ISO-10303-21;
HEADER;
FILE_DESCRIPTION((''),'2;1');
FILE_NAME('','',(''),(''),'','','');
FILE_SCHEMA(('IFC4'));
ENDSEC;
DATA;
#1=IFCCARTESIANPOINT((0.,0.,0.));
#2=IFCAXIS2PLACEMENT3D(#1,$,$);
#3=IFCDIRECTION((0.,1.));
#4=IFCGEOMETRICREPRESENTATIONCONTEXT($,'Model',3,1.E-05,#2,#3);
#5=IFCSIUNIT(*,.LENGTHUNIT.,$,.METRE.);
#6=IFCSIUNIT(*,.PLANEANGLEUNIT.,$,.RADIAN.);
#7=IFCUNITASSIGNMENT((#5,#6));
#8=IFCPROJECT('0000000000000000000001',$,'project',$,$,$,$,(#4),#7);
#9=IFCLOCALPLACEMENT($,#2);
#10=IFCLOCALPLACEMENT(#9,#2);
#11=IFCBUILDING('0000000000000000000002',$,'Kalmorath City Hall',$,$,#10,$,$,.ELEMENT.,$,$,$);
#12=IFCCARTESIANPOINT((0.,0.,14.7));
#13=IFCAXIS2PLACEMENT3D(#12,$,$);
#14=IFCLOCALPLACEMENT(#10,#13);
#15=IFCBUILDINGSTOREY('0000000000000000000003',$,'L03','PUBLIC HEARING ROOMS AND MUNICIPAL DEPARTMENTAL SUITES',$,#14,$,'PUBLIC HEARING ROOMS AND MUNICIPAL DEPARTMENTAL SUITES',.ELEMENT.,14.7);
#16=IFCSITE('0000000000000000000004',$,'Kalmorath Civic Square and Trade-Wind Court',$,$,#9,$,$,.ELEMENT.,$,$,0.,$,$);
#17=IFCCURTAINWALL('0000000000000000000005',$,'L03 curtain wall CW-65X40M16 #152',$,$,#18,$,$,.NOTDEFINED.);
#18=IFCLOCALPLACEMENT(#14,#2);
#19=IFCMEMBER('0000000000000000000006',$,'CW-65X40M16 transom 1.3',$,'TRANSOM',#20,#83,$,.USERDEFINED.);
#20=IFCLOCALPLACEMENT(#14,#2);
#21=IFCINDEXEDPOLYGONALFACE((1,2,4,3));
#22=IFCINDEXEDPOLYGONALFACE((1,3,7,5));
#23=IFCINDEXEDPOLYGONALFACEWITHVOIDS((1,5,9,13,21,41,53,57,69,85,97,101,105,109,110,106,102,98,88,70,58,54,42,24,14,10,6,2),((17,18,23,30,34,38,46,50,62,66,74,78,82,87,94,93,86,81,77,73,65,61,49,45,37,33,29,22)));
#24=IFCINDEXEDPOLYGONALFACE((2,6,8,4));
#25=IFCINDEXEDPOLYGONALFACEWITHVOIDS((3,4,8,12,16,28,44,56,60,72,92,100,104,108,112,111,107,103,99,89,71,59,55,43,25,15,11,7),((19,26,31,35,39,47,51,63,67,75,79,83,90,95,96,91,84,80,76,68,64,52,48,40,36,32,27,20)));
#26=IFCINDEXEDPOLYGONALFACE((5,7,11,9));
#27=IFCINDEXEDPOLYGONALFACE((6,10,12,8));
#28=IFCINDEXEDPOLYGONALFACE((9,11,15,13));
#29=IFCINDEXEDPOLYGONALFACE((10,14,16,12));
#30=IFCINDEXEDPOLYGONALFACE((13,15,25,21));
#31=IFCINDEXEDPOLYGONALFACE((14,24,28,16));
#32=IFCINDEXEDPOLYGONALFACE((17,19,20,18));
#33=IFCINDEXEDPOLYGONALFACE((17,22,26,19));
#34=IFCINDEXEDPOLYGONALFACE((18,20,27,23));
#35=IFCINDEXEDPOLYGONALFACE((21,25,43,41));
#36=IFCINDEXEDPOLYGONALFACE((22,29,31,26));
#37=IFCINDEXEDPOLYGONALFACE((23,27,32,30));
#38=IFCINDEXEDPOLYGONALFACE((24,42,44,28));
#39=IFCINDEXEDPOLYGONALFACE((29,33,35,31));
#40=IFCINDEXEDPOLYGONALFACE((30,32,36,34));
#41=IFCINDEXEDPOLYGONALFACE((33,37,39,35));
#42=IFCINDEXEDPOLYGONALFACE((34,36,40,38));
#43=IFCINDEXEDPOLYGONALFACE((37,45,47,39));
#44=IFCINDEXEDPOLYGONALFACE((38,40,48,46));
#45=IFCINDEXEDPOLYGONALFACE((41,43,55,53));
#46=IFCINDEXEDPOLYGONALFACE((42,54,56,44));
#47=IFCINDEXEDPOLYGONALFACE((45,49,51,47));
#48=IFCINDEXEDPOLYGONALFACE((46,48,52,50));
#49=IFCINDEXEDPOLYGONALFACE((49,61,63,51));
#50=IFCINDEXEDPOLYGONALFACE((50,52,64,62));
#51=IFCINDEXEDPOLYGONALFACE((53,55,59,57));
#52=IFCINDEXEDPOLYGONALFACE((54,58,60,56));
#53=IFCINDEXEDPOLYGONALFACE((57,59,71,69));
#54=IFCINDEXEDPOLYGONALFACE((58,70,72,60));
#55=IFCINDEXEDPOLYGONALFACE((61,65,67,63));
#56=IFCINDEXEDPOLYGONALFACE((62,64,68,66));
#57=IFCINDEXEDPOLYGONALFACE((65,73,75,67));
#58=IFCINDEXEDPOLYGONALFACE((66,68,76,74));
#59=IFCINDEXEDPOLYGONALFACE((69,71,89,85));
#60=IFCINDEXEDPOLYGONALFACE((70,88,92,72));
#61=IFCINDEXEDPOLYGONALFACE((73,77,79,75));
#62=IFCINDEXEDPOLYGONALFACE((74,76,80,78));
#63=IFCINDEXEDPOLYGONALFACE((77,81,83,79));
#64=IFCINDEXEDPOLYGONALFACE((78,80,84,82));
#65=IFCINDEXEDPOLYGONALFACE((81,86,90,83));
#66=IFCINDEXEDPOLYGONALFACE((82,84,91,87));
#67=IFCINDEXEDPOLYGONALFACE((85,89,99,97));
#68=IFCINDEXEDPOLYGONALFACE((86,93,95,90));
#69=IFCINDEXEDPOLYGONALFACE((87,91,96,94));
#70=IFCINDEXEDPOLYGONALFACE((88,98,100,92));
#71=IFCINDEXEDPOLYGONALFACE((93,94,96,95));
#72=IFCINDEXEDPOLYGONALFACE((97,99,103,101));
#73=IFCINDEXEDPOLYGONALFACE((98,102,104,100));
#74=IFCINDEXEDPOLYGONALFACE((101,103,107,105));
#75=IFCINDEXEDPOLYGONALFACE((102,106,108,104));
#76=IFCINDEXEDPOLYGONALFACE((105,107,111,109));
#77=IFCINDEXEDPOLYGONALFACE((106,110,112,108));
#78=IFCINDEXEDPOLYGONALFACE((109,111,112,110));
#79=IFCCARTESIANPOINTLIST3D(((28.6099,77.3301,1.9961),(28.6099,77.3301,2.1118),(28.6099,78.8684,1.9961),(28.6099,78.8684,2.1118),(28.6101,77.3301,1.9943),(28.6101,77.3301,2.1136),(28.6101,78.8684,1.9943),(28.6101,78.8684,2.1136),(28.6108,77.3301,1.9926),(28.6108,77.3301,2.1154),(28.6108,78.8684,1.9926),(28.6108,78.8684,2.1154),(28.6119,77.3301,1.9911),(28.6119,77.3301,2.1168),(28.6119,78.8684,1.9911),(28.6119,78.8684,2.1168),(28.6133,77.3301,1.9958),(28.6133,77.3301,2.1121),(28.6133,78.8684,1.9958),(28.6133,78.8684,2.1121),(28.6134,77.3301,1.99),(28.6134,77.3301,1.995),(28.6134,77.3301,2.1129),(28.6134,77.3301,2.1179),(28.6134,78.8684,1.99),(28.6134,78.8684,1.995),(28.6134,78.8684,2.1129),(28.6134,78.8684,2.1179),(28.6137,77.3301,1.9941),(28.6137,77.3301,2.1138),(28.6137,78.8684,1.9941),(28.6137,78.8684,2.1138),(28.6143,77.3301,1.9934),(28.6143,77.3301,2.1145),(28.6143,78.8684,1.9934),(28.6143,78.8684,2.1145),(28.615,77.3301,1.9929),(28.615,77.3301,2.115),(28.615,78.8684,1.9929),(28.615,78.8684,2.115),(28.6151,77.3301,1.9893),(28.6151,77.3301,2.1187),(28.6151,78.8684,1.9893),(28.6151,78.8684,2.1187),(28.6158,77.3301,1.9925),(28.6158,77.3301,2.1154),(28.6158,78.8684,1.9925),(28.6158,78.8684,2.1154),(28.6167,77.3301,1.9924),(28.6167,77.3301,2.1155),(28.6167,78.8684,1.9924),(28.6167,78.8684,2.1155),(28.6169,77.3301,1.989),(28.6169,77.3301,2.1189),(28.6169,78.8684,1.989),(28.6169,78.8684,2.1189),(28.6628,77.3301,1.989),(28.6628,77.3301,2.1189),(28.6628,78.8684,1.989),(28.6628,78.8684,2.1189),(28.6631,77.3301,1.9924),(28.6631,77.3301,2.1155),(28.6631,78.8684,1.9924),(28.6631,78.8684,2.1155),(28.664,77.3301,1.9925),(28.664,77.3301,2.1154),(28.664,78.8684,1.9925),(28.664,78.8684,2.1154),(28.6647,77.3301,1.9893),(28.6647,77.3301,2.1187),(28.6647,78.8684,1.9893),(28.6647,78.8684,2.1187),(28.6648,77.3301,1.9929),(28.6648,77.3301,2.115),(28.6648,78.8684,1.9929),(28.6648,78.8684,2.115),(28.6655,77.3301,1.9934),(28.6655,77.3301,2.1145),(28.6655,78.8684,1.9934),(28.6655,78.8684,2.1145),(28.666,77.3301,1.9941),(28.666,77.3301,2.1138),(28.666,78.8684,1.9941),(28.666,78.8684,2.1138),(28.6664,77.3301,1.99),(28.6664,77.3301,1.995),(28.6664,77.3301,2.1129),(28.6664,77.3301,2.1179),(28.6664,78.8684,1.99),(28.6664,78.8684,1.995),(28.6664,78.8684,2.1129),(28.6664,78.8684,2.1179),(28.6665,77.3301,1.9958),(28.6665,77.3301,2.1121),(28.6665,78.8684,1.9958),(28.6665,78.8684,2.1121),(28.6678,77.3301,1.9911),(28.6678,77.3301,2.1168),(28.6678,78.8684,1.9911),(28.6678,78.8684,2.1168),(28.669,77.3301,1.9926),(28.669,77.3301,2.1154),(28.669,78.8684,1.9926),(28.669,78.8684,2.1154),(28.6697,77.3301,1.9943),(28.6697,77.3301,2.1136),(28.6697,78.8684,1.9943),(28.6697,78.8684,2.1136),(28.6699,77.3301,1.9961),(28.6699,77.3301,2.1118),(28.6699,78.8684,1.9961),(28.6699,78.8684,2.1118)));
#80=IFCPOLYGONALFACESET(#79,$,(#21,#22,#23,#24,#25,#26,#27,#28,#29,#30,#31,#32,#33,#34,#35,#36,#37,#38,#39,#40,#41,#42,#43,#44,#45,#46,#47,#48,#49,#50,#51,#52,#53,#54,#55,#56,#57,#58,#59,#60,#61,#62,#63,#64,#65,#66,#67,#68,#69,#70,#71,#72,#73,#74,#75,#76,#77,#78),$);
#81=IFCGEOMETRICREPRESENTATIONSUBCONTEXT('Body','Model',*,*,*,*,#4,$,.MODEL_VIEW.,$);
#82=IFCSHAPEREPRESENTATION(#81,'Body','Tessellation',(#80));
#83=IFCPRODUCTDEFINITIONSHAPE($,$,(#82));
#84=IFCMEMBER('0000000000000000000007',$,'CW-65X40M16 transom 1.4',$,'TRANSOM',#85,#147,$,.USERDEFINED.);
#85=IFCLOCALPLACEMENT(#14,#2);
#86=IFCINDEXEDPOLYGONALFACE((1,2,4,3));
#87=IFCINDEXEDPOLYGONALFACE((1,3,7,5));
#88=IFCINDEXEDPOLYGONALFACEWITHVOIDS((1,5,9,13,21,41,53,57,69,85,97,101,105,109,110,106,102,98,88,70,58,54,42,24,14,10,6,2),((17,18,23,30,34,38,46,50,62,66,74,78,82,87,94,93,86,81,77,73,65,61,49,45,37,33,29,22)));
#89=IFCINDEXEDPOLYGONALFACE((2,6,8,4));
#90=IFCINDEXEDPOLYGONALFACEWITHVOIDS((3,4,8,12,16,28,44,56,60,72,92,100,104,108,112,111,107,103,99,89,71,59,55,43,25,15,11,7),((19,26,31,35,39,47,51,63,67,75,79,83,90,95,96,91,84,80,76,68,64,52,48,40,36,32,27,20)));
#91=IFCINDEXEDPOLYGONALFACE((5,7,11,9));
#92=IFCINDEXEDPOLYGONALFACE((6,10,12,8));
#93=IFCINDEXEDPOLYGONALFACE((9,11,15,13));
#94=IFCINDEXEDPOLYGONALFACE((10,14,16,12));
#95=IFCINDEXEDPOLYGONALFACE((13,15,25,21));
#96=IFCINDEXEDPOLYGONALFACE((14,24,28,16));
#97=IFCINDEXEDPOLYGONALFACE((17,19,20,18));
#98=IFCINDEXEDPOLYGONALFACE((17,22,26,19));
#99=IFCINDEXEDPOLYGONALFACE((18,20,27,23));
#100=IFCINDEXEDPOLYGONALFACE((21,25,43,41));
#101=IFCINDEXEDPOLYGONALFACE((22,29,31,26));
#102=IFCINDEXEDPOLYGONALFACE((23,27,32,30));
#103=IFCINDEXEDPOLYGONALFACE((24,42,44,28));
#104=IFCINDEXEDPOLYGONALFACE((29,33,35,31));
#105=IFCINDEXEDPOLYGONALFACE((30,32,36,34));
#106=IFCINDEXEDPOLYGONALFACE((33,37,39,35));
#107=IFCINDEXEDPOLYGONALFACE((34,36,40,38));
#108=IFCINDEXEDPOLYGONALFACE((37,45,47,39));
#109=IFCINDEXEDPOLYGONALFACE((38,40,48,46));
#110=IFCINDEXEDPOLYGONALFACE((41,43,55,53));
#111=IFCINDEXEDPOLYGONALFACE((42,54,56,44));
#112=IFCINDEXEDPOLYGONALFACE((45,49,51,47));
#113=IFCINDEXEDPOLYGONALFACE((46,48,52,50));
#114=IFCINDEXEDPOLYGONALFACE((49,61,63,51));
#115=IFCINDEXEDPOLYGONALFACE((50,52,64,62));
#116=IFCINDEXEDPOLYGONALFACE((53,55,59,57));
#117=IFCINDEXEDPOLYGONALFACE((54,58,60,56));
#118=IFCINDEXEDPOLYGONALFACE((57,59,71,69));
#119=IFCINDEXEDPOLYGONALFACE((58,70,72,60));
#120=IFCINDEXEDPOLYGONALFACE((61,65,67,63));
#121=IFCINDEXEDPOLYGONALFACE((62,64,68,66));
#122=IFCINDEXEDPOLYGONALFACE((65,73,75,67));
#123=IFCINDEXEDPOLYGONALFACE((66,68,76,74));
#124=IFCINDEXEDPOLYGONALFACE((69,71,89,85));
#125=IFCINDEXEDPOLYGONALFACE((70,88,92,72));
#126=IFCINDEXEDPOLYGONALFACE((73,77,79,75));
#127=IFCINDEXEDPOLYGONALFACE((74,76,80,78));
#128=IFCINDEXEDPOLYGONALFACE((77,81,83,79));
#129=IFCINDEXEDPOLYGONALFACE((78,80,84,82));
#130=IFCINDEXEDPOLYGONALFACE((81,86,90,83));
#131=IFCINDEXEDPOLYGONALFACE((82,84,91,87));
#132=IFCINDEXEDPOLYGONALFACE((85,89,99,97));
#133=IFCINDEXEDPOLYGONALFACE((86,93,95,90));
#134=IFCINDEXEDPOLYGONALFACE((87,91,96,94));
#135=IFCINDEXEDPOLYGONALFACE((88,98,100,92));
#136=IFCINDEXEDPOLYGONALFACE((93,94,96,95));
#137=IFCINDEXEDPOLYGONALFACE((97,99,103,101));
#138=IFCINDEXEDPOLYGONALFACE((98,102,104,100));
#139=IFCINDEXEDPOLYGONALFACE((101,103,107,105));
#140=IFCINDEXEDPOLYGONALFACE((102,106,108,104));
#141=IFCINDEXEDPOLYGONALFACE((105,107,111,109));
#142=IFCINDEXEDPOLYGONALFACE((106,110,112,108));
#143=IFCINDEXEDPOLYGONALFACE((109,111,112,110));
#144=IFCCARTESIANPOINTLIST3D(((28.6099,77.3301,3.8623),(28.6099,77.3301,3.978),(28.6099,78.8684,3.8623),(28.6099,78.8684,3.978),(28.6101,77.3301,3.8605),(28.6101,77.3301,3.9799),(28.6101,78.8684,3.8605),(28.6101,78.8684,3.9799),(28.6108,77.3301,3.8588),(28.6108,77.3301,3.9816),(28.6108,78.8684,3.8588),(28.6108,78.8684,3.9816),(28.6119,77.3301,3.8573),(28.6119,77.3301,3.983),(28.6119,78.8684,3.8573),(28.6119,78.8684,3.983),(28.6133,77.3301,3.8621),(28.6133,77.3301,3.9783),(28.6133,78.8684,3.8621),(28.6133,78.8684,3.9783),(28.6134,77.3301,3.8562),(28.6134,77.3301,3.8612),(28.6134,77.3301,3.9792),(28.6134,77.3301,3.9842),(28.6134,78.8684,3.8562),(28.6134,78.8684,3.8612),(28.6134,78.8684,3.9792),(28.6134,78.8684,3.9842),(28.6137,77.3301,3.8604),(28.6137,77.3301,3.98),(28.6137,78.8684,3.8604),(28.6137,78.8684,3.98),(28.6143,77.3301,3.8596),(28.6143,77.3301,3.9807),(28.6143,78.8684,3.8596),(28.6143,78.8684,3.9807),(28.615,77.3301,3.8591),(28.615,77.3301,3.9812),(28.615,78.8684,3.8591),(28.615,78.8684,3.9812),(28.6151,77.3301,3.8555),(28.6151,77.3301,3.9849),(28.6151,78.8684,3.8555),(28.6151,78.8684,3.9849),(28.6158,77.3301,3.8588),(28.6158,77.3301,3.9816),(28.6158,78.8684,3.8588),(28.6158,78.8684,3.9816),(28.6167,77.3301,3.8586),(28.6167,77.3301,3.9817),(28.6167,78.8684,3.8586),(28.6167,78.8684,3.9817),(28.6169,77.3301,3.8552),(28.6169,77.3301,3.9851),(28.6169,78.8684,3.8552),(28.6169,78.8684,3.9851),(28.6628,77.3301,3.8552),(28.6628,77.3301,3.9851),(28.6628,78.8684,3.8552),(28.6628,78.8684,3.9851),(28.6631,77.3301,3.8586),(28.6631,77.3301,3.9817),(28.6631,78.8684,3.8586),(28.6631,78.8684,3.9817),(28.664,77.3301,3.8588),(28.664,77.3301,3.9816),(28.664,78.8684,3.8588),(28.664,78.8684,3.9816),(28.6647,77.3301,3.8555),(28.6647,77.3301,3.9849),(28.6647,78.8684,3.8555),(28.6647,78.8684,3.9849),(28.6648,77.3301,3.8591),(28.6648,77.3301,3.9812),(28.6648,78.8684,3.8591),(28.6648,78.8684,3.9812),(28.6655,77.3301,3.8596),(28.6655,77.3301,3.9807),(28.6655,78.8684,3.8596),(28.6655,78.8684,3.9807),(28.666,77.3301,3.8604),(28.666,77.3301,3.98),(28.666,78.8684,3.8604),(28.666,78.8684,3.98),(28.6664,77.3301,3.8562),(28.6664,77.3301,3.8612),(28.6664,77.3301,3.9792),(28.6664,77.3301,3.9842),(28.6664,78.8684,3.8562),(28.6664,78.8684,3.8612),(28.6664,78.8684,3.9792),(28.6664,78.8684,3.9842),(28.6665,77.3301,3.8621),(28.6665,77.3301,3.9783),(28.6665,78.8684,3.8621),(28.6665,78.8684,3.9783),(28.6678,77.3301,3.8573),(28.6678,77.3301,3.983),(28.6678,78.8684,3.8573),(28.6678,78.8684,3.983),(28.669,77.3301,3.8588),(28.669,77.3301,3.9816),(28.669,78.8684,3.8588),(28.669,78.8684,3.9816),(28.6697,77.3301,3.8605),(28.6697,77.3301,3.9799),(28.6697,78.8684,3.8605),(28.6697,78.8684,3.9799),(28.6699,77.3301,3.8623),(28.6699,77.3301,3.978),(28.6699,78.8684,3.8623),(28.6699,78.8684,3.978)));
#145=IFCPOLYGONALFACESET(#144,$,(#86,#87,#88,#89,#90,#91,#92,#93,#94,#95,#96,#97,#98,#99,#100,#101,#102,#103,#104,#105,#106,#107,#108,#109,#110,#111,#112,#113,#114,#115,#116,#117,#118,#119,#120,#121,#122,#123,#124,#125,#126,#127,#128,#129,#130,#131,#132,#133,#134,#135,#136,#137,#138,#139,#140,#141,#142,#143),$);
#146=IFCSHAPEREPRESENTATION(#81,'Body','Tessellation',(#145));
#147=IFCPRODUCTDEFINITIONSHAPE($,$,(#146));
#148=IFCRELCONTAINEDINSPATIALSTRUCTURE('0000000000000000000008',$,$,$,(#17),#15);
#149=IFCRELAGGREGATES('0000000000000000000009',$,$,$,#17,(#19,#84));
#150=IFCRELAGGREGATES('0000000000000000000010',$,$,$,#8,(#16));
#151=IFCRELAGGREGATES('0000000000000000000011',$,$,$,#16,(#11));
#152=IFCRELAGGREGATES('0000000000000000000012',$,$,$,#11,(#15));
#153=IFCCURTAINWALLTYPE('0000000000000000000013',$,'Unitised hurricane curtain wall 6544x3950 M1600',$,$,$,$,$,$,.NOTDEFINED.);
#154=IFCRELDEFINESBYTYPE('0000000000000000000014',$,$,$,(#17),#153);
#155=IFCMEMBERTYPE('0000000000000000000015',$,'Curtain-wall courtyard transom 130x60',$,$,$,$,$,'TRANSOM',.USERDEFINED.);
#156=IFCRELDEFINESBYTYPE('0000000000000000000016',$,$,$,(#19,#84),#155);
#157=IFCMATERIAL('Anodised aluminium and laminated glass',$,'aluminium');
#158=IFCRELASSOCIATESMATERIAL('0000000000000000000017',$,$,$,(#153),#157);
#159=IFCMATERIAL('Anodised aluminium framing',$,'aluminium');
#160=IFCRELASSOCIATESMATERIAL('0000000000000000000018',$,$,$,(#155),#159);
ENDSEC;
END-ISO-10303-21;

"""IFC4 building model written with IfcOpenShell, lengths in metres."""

from ifc_helpers import new_model, si_unit, direction, frame, origin, origin_2d, place, context, subcontext, project, spatial, hollow_rectangle, extrude, material, material_profile, profile_set, type_object, element, aggregate, save


model = new_model("IFC4")

# Units and contexts
model_context = context("Model", 3, precision=1e-05, world=origin(), true_north=direction((0.0, 1.0)))
body_context = subcontext(model_context, "Body", "Model", "MODEL_VIEW")
ifc_project = project(units=[si_unit("LENGTHUNIT", "METRE"), si_unit("PLANEANGLEUNIT", "RADIAN")], contexts=[model_context])

# Site, building, storey
site_placement = place(None, origin())
site = spatial("IfcSite", under=ifc_project, at=site_placement, Name="Kalmorath Civic Square and Trade-Wind Court", CompositionType="ELEMENT", RefElevation=0.0)
building_placement = place(site_placement, origin())
building = spatial("IfcBuilding", under=site, at=building_placement, Name="Kalmorath City Hall", CompositionType="ELEMENT")
storey_placement = place(building_placement, frame((0.0, 0.0, 14.7)))
storey = spatial("IfcBuildingStorey", under=building, at=storey_placement, Name="L03", Description="PUBLIC HEARING ROOMS AND MUNICIPAL DEPARTMENTAL SUITES", LongName="PUBLIC HEARING ROOMS AND MUNICIPAL DEPARTMENTAL SUITES", CompositionType="ELEMENT", Elevation=14.7)

# Curtain wall, members
ifc_material_1 = material(Name="Anodised aluminium and laminated glass", Category="aluminium")
curtain_wall_type = type_object("IfcCurtainWallType", Name="Unitised hurricane curtain wall 6544x3950 M1600", PredefinedType="NOTDEFINED", material=ifc_material_1)
curtain_wall_placement = place(storey_placement, origin())
curtain_wall = element("IfcCurtainWall", 1, at=curtain_wall_placement, inside=storey, type_object=curtain_wall_type, Name="L03 curtain wall CW-65X40M16 #152", PredefinedType="NOTDEFINED")
ifc_material_2 = material(Name="Anodised aluminium framing", Category="aluminium")
ifc_material_profile_1 = material_profile(ifc_material_2, hollow_rectangle(XDim=0.0601, YDim=0.1299, WallThickness=0.0034, InnerFilletRadius=0.0034, OuterFilletRadius=0.0071, at=origin_2d()), Name="ALU-TRN-130X60X3.5")
ifc_profile_set_1 = profile_set([ifc_material_profile_1], Name="Anodised aluminium framing")
member_type_1 = type_object("IfcMemberType", Name="Curtain-wall courtyard transom 130x60", ElementType="TRANSOM", PredefinedType="USERDEFINED", material=ifc_profile_set_1)
member_1_placement = place(storey_placement, frame((28.6399, 78.8684, 2.054), z_axis=(0.0, -1.0, 0.0), x_axis=(1.0, 0.0, 0.0)))
member_1 = element("IfcMember", 2, at=member_1_placement, type_object=member_type_1, Name="CW-65X40M16 transom 1.3", ObjectType="TRANSOM", PredefinedType="USERDEFINED", context=body_context, shape_type="SweptSolid", body=[
    extrude(hollow_rectangle(XDim=0.0601, YDim=0.1299, WallThickness=0.0034, InnerFilletRadius=0.0034, OuterFilletRadius=0.0071, at=origin_2d()), origin(), (0.0, 0.0, 1.0), 1.5383),
])
member_2_placement = place(storey_placement, frame((28.6399, 78.8684, 3.9202), z_axis=(0.0, -1.0, 0.0), x_axis=(1.0, 0.0, 0.0)))
member_2 = element("IfcMember", 3, at=member_2_placement, type_object=member_type_1, Name="CW-65X40M16 transom 1.4", ObjectType="TRANSOM", PredefinedType="USERDEFINED", context=body_context, shape_type="SweptSolid", body=[
    extrude(hollow_rectangle(XDim=0.0601, YDim=0.1299, WallThickness=0.0034, InnerFilletRadius=0.0034, OuterFilletRadius=0.0071, at=origin_2d()), origin(), (0.0, 0.0, 1.0), 1.5383),
])

aggregate(curtain_wall, [member_1, member_2])

save(model, "model.ifc")
